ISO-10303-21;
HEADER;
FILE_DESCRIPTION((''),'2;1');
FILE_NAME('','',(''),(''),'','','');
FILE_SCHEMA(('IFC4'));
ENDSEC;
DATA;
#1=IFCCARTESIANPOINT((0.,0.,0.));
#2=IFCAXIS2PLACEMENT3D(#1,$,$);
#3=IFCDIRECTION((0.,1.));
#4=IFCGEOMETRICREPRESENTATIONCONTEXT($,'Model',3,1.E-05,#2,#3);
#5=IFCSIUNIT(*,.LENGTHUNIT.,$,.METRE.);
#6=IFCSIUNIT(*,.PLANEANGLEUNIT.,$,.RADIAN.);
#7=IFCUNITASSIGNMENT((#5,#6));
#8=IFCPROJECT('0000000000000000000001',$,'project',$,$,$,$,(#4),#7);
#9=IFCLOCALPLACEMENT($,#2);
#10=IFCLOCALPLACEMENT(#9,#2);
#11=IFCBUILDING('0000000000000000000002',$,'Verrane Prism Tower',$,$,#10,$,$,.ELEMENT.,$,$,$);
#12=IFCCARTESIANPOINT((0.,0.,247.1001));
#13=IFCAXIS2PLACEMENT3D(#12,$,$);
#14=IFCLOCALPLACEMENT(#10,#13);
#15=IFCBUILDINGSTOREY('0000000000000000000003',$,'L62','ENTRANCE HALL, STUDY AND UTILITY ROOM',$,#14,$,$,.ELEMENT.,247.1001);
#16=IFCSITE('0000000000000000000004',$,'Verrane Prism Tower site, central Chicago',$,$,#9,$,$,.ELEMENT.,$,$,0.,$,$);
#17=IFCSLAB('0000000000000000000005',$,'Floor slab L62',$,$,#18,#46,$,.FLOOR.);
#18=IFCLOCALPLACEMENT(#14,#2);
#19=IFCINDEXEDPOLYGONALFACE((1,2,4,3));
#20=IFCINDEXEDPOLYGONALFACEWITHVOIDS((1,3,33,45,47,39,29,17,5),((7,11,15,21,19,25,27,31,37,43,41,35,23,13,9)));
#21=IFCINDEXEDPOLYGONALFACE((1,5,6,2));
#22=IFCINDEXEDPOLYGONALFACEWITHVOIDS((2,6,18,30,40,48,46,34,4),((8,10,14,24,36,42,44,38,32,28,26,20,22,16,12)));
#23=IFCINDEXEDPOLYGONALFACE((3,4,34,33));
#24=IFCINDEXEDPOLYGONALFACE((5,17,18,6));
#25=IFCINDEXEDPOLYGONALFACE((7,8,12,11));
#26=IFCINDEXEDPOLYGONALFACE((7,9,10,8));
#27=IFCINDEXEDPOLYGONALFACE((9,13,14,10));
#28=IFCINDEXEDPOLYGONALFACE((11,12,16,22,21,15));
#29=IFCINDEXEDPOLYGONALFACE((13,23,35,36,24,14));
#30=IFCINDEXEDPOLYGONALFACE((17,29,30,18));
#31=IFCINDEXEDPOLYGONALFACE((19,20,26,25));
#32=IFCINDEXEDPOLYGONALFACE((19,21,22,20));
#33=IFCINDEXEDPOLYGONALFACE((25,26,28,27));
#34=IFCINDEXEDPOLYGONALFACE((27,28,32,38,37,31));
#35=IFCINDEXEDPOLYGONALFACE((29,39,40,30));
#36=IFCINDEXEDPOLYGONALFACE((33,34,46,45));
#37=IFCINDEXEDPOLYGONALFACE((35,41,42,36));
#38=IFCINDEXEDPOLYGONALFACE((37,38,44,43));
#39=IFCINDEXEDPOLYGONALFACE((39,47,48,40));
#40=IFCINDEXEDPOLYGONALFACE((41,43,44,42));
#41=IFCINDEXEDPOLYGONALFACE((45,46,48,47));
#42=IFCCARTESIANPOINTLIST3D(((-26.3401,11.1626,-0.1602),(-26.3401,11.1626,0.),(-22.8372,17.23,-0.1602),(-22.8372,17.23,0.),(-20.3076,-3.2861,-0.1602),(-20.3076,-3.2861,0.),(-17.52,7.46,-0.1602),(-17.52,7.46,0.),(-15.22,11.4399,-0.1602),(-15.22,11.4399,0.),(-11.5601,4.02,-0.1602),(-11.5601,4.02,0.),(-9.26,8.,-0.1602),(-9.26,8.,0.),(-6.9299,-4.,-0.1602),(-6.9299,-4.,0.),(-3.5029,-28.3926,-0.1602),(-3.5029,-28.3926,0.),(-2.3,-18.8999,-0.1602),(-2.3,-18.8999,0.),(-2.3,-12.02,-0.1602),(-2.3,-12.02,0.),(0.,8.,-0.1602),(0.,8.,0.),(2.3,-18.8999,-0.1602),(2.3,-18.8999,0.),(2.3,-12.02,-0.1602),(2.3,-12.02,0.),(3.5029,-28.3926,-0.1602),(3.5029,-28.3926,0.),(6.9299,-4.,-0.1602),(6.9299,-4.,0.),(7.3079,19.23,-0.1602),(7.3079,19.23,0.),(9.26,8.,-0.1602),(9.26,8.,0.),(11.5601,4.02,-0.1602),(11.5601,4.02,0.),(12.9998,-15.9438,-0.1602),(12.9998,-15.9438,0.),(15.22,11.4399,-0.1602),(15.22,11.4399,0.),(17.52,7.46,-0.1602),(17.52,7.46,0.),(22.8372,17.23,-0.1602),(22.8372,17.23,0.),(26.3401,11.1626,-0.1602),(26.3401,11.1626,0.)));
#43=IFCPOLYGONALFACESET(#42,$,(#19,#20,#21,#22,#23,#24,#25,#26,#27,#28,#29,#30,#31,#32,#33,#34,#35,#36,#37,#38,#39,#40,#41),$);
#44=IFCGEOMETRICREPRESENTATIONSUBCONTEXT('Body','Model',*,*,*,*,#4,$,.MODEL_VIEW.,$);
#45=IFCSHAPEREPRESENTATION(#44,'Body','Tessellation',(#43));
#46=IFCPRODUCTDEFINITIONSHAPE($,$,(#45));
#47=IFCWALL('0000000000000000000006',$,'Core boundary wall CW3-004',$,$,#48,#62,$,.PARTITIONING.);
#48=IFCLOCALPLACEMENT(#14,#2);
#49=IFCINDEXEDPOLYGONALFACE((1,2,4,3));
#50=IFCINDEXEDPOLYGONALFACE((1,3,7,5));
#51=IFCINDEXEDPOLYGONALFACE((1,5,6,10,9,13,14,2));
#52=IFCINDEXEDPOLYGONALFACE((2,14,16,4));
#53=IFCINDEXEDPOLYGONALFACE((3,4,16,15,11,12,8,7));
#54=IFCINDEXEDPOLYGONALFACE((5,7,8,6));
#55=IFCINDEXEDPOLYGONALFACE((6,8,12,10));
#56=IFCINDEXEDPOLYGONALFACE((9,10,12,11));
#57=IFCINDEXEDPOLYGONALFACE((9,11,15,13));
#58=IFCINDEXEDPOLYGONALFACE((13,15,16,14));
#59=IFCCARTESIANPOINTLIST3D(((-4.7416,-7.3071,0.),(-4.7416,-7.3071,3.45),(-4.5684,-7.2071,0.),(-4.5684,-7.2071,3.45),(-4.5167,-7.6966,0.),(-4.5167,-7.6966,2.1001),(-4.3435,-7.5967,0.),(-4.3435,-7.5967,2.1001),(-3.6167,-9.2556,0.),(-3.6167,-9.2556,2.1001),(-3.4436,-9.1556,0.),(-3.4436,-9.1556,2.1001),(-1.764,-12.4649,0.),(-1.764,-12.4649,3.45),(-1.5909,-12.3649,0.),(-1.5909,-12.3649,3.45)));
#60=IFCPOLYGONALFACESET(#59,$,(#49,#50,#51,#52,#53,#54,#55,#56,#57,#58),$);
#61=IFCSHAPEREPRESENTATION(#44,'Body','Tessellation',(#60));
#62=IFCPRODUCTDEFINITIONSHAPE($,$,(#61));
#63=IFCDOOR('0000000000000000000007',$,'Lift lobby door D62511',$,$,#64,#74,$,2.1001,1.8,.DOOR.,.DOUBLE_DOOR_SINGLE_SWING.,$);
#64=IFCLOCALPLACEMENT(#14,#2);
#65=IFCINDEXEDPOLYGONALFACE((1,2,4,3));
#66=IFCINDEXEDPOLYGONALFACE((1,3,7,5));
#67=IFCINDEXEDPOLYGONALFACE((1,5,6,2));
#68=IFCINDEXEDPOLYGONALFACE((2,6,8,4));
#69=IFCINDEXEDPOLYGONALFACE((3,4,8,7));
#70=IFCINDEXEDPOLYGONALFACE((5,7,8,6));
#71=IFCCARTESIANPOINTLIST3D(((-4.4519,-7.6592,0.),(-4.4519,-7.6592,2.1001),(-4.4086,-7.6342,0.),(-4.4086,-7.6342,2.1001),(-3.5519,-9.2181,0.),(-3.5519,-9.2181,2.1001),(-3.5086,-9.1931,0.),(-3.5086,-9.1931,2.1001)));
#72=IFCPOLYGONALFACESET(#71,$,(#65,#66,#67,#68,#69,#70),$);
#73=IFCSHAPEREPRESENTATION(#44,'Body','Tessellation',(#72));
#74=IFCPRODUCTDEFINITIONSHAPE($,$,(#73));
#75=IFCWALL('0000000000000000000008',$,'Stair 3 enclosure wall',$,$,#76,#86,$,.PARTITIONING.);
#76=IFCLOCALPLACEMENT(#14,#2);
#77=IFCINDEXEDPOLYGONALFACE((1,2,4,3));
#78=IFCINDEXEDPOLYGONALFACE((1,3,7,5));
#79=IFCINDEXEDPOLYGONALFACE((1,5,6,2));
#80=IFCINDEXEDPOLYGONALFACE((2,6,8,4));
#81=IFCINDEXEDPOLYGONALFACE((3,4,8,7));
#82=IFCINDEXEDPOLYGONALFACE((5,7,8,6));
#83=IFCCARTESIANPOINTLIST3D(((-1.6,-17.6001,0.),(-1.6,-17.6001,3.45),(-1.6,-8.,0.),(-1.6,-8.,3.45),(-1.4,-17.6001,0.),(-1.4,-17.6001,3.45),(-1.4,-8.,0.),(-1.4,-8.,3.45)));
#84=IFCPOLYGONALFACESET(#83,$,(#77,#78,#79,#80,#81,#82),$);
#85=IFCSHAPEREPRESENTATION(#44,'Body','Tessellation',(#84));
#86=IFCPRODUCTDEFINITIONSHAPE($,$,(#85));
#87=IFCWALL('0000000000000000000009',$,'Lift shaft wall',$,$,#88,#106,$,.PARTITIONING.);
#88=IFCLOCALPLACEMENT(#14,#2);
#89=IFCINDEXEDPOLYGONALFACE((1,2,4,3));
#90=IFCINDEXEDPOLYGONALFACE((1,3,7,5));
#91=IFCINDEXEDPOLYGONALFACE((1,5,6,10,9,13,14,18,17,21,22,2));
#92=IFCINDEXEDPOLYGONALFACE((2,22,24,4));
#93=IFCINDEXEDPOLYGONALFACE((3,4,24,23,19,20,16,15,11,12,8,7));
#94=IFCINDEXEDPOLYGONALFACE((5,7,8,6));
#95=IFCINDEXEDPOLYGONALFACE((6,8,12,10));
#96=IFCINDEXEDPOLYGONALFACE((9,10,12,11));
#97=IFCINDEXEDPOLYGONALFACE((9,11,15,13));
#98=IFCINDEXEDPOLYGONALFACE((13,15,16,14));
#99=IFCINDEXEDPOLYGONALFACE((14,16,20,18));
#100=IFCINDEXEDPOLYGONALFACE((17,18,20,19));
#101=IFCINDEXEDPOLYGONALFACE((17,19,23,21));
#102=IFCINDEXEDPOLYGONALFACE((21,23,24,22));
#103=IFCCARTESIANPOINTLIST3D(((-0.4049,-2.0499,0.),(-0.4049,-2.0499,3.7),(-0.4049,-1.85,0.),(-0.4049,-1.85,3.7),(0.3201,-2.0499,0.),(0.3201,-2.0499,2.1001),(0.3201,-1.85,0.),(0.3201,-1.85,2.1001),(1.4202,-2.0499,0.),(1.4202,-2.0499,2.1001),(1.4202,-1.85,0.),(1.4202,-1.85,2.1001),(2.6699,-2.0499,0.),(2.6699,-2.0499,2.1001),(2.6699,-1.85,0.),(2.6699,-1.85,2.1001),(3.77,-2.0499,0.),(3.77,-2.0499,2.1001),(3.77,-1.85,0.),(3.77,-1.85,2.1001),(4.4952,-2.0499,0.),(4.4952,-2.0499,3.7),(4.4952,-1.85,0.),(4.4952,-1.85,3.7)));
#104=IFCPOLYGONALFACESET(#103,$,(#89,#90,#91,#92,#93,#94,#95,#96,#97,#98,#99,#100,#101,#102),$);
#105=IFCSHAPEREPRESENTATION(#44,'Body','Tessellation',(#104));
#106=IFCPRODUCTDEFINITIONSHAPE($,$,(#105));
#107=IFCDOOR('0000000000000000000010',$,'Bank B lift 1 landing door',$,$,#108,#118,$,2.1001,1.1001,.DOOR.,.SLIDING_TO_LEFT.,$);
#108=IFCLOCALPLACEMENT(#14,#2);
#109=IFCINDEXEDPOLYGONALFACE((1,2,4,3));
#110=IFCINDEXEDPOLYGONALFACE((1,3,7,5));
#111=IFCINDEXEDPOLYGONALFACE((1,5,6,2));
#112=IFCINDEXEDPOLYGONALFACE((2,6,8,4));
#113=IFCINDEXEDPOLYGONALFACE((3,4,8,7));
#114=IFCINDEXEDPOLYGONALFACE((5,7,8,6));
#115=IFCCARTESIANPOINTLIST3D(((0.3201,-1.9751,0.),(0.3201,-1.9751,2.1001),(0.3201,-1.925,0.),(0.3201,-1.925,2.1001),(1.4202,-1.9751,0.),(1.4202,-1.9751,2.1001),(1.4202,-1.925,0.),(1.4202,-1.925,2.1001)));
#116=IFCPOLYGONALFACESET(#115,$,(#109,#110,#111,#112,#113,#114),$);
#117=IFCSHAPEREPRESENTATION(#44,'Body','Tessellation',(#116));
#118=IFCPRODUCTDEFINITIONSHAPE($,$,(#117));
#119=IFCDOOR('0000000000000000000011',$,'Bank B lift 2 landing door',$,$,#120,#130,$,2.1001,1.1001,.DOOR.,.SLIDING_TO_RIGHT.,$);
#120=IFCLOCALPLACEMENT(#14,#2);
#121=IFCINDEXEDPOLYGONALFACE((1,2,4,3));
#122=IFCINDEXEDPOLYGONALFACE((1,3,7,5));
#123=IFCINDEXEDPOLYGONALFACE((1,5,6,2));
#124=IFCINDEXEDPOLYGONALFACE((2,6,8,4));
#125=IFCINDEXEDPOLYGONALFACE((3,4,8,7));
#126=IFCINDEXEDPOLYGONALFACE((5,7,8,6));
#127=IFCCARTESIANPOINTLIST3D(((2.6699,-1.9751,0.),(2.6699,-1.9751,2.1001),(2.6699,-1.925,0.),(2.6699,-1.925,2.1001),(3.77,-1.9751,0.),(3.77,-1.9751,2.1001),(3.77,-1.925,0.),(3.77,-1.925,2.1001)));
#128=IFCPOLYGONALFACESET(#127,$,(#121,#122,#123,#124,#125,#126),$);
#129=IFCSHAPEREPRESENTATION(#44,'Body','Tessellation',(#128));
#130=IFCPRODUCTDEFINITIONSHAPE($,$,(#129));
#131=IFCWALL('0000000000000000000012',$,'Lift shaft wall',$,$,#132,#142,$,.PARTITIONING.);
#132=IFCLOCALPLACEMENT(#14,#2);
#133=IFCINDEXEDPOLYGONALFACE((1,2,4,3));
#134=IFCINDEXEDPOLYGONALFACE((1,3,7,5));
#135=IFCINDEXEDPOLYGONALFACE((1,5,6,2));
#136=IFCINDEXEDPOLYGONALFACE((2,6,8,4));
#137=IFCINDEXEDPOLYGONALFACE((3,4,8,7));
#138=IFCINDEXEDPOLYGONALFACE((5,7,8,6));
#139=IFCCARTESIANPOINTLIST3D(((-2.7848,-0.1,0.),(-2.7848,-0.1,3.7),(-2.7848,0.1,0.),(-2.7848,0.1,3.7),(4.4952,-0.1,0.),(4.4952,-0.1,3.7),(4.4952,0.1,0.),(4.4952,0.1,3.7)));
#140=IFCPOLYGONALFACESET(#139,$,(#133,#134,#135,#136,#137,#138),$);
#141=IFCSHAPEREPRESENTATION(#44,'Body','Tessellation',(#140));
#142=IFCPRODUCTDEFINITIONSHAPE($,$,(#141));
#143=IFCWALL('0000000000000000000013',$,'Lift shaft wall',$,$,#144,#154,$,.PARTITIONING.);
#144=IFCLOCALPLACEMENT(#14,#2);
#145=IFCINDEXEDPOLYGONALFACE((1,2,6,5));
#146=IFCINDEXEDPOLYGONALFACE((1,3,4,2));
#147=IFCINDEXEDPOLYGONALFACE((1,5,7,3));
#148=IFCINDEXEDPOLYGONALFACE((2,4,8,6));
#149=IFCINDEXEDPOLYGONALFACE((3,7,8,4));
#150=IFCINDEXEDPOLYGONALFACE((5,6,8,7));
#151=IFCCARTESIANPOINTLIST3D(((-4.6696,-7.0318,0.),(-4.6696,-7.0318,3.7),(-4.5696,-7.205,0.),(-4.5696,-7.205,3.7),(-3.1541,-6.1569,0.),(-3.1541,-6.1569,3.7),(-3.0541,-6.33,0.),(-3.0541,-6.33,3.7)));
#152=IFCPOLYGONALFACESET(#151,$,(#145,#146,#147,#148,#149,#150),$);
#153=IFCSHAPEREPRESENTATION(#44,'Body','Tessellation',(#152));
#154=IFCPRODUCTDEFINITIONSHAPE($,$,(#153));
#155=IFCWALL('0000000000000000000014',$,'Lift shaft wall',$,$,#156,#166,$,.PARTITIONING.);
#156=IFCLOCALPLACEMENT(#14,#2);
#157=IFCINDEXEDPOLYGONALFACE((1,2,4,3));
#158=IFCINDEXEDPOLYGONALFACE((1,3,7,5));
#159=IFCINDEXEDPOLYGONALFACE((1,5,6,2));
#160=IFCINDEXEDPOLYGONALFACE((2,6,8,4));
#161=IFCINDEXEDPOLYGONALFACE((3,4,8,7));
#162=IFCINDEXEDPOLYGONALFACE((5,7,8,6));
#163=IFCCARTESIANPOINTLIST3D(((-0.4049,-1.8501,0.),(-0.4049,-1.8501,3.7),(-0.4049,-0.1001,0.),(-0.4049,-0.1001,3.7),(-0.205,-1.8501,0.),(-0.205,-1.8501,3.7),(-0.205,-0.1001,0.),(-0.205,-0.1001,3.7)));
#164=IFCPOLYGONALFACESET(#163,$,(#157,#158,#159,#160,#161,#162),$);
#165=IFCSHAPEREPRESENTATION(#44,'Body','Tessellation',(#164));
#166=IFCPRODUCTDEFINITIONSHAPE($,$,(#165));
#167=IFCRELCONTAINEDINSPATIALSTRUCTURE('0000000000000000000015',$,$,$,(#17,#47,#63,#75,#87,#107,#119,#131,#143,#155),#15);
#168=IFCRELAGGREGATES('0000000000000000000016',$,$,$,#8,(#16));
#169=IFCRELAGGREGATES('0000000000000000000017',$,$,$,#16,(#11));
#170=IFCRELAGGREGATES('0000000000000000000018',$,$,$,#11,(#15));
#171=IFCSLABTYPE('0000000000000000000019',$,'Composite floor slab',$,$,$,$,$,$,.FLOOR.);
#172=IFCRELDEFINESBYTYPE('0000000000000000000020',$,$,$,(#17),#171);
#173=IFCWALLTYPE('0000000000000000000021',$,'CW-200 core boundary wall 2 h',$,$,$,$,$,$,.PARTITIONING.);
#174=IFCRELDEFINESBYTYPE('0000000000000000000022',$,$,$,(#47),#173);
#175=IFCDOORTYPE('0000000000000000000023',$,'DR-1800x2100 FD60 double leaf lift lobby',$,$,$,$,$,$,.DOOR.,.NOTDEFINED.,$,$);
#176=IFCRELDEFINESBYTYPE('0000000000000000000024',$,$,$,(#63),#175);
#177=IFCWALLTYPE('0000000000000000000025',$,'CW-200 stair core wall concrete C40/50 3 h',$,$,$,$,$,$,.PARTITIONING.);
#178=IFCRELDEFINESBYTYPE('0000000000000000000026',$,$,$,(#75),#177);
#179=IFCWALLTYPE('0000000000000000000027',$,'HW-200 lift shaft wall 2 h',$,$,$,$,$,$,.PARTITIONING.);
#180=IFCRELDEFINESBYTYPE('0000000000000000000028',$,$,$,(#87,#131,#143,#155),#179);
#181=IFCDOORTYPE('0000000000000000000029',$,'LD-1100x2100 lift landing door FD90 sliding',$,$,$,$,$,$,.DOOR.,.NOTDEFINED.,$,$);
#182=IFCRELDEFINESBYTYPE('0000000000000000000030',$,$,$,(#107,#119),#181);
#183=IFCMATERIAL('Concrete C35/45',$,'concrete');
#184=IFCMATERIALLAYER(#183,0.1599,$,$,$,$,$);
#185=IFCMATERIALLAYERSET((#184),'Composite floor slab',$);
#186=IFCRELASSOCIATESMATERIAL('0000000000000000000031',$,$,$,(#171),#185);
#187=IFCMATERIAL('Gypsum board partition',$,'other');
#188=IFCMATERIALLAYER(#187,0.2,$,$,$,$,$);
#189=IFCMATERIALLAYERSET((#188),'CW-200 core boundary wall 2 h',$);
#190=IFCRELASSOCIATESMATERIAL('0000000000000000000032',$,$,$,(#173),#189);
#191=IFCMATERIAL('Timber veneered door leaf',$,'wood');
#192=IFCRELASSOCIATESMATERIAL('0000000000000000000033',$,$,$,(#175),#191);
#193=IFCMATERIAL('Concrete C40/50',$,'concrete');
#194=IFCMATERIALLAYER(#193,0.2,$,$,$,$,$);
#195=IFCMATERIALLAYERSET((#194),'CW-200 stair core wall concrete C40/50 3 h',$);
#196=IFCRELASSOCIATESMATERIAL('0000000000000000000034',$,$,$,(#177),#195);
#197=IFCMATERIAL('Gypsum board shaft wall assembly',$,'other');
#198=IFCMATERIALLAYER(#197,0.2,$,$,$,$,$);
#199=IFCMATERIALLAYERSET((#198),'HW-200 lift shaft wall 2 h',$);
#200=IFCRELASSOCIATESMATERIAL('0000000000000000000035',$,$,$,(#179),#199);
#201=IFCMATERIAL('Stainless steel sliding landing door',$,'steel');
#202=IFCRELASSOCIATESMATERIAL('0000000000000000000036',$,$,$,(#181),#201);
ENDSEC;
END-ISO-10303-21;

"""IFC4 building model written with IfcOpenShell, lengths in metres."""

from ifc_helpers import new_model, si_unit, direction, frame, frame_2d, origin, place, context, subcontext, project, spatial, polyline, rectangle, outline, extrude, material, layer, layer_set, type_object, element, fill, save


model = new_model("IFC4")

# Units and contexts
model_context = context("Model", 3, precision=1e-05, world=origin(), true_north=direction((0.0, 1.0)))
body_context = subcontext(model_context, "Body", "Model", "MODEL_VIEW")
ifc_project = project(units=[si_unit("LENGTHUNIT", "METRE"), si_unit("PLANEANGLEUNIT", "RADIAN")], contexts=[model_context])

# Site, building, storey
site_placement = place(None, origin())
site = spatial("IfcSite", under=ifc_project, at=site_placement, Name="Verrane Prism Tower site, central Chicago", CompositionType="ELEMENT", RefElevation=0.0)
building_placement = place(site_placement, origin())
building = spatial("IfcBuilding", under=site, at=building_placement, Name="Verrane Prism Tower", CompositionType="ELEMENT")
storey_placement = place(building_placement, frame((0.0, 0.0, 247.1001)))
storey = spatial("IfcBuildingStorey", under=building, at=storey_placement, Name="L62", Description="ENTRANCE HALL, STUDY AND UTILITY ROOM", CompositionType="ELEMENT", Elevation=247.1001)

# Slab
ifc_material_1 = material(Name="Concrete C35/45", Category="concrete")
ifc_layer_1 = layer(ifc_material_1, 0.1599)
ifc_layer_set_1 = layer_set([ifc_layer_1], Name="Composite floor slab")
slab_type = type_object("IfcSlabType", Name="Composite floor slab", PredefinedType="FLOOR", material=ifc_layer_set_1)
slab_placement = place(storey_placement, frame((0.0, 0.0, -0.1602)))
element("IfcSlab", 1, at=slab_placement, inside=storey, type_object=slab_type, Name="Floor slab L62", PredefinedType="FLOOR", context=body_context, shape_type="SweptSolid", body=[
    extrude(outline(polyline([(12.9998, -15.9438), (3.5029, -28.3926), (-3.5029, -28.3926), (-20.3076, -3.2861), (-26.3401, 11.1626), (-22.8372, 17.23), (7.3079, 19.23), (22.8372, 17.23), (26.3401, 11.1626), (12.9998, -15.9438)]), holes=[polyline([(17.52, 7.46), (15.22, 11.4399), (9.26, 8.0), (0.0, 8.0), (-9.26, 8.0), (-15.22, 11.4399), (-17.52, 7.46), (-11.5601, 4.02), (-6.9299, -4.0), (-2.3, -12.02), (-2.3, -18.8999), (2.3, -18.8999), (2.3, -12.02), (6.9299, -4.0), (11.5601, 4.02), (17.52, 7.46)])]), origin(), (0.0, 0.0, 1.0), 0.1602),
])

# Wall, opening, door
ifc_material_2 = material(Name="Gypsum board partition", Category="other")
ifc_layer_2 = layer(ifc_material_2, 0.2)
ifc_layer_set_2 = layer_set([ifc_layer_2], Name="CW-200 core boundary wall 2 h")
wall_type_1 = type_object("IfcWallType", Name="CW-200 core boundary wall 2 h", PredefinedType="PARTITIONING", material=ifc_layer_set_2)
wall_1_placement = place(storey_placement, frame((-4.655, -7.2571, 0.0), z_axis=(0.0, 0.0, 1.0), x_axis=(0.499966, -0.866045, 0.0)))
wall_1 = element("IfcWall", 2, at=wall_1_placement, inside=storey, type_object=wall_type_1, Name="Core boundary wall CW3-004", PredefinedType="PARTITIONING", context=body_context, shape_type="SweptSolid", body=[
    extrude(rectangle(XDim=5.9556, YDim=0.2, at=frame_2d((2.9778, 0.0))), origin(), (0.0, 0.0, 1.0), 3.45),
])
opening_1_placement = place(wall_1_placement, frame((0.45, 0.0, 0.0)))
opening_1 = element("IfcOpeningElement", 3, at=opening_1_placement, cuts=wall_1, PredefinedType="OPENING", context=body_context, shape_type="SweptSolid", body=[
    extrude(rectangle(XDim=1.8, YDim=2.1001, at=frame_2d((0.8999, 1.05))), frame((0.0, 0.1099, 0.0), z_axis=(0.0, -1.0, 0.0), x_axis=(1.0, 0.0, 0.0)), (0.0, 0.0, 1.0), 0.22),
])
ifc_material_3 = material(Name="Timber veneered door leaf", Category="wood")
door_type_1 = type_object("IfcDoorType", Name="DR-1800x2100 FD60 double leaf lift lobby", OperationType="NOTDEFINED", PredefinedType="DOOR", material=ifc_material_3)
door_1_placement = place(opening_1_placement, origin())
door_1 = element("IfcDoor", 4, at=door_1_placement, inside=storey, type_object=door_type_1, Name="Lift lobby door D62511", OperationType="DOUBLE_DOOR_SINGLE_SWING", OverallHeight=2.1001, OverallWidth=1.8, PredefinedType="DOOR", context=body_context, shape_type="SweptSolid", body=[
    extrude(rectangle(XDim=1.8, YDim=2.1001, at=frame_2d((0.8999, 1.05))), frame((0.0, 0.0249, 0.0), z_axis=(0.0, -1.0, 0.0), x_axis=(1.0, 0.0, 0.0)), (0.0, 0.0, 1.0), 0.05),
])
fill(opening_1, door_1)

# Wall
ifc_material_4 = material(Name="Concrete C40/50", Category="concrete")
ifc_layer_3 = layer(ifc_material_4, 0.2)
ifc_layer_set_3 = layer_set([ifc_layer_3], Name="CW-200 stair core wall concrete C40/50 3 h")
wall_type_2 = type_object("IfcWallType", Name="CW-200 stair core wall concrete C40/50 3 h", PredefinedType="PARTITIONING", material=ifc_layer_set_3)
wall_2_placement = place(storey_placement, frame((-1.5, -8.0, 0.0), z_axis=(0.0, 0.0, 1.0), x_axis=(0.0, -1.0, 0.0)))
element("IfcWall", 5, at=wall_2_placement, inside=storey, type_object=wall_type_2, Name="Stair 3 enclosure wall", PredefinedType="PARTITIONING", context=body_context, shape_type="SweptSolid", body=[
    extrude(rectangle(XDim=9.6001, YDim=0.2, at=frame_2d((4.8, 0.0))), origin(), (0.0, 0.0, 1.0), 3.45),
])

# Wall, openings, doors
ifc_material_5 = material(Name="Gypsum board shaft wall assembly", Category="other")
ifc_layer_4 = layer(ifc_material_5, 0.2)
ifc_layer_set_4 = layer_set([ifc_layer_4], Name="HW-200 lift shaft wall 2 h")
wall_type_3 = type_object("IfcWallType", Name="HW-200 lift shaft wall 2 h", PredefinedType="PARTITIONING", material=ifc_layer_set_4)
wall_3_placement = place(storey_placement, frame((-0.405, -1.95, 0.0), z_axis=(0.0, 0.0, 1.0), x_axis=(1.0, 0.0, 0.0)))
wall_3 = element("IfcWall", 6, at=wall_3_placement, inside=storey, type_object=wall_type_3, Name="Lift shaft wall", PredefinedType="PARTITIONING", context=body_context, shape_type="SweptSolid", body=[
    extrude(rectangle(XDim=4.9001, YDim=0.2, at=frame_2d((2.4502, 0.0))), origin(), (0.0, 0.0, 1.0), 3.7),
])
opening_2_placement = place(wall_3_placement, frame((0.7251, 0.0, 0.0)))
opening_2 = element("IfcOpeningElement", 7, at=opening_2_placement, cuts=wall_3, PredefinedType="OPENING", context=body_context, shape_type="SweptSolid", body=[
    extrude(rectangle(XDim=1.1001, YDim=2.1001, at=frame_2d((0.55, 1.05))), frame((0.0, 0.1099, 0.0), z_axis=(0.0, -1.0, 0.0), x_axis=(1.0, 0.0, 0.0)), (0.0, 0.0, 1.0), 0.22),
])
opening_3_placement = place(wall_3_placement, frame((3.075, 0.0, 0.0)))
opening_3 = element("IfcOpeningElement", 8, at=opening_3_placement, cuts=wall_3, PredefinedType="OPENING", context=body_context, shape_type="SweptSolid", body=[
    extrude(rectangle(XDim=1.1001, YDim=2.1001, at=frame_2d((0.55, 1.05))), frame((0.0, 0.1099, 0.0), z_axis=(0.0, -1.0, 0.0), x_axis=(1.0, 0.0, 0.0)), (0.0, 0.0, 1.0), 0.22),
])
ifc_material_6 = material(Name="Stainless steel sliding landing door", Category="steel")
door_type_2 = type_object("IfcDoorType", Name="LD-1100x2100 lift landing door FD90 sliding", OperationType="NOTDEFINED", PredefinedType="DOOR", material=ifc_material_6)
door_2_placement = place(opening_2_placement, origin())
door_2 = element("IfcDoor", 9, at=door_2_placement, inside=storey, type_object=door_type_2, Name="Bank B lift 1 landing door", OperationType="SLIDING_TO_LEFT", OverallHeight=2.1001, OverallWidth=1.1001, PredefinedType="DOOR", context=body_context, shape_type="SweptSolid", body=[
    extrude(rectangle(XDim=1.1001, YDim=2.1001, at=frame_2d((0.55, 1.05))), frame((0.0, 0.0249, 0.0), z_axis=(0.0, -1.0, 0.0), x_axis=(1.0, 0.0, 0.0)), (0.0, 0.0, 1.0), 0.05),
])
fill(opening_2, door_2)
door_3_placement = place(opening_3_placement, origin())
door_3 = element("IfcDoor", 10, at=door_3_placement, inside=storey, type_object=door_type_2, Name="Bank B lift 2 landing door", OperationType="SLIDING_TO_RIGHT", OverallHeight=2.1001, OverallWidth=1.1001, PredefinedType="DOOR", context=body_context, shape_type="SweptSolid", body=[
    extrude(rectangle(XDim=1.1001, YDim=2.1001, at=frame_2d((0.55, 1.05))), frame((0.0, 0.0249, 0.0), z_axis=(0.0, -1.0, 0.0), x_axis=(1.0, 0.0, 0.0)), (0.0, 0.0, 1.0), 0.05),
])
fill(opening_3, door_3)

# Walls
wall_4_placement = place(storey_placement, frame((-2.7849, 0.0, 0.0), z_axis=(0.0, 0.0, 1.0), x_axis=(1.0, 0.0, 0.0)))
element("IfcWall", 11, at=wall_4_placement, inside=storey, type_object=wall_type_3, Name="Lift shaft wall", PredefinedType="PARTITIONING", context=body_context, shape_type="SweptSolid", body=[
    extrude(rectangle(XDim=7.28, YDim=0.2, at=frame_2d((3.6401, 0.0))), origin(), (0.0, 0.0, 1.0), 3.7),
])
for number, where, z_axis, x_axis, name in (
    (12, (-4.6196, -7.1184, 0.0), (0.0, 0.0, 1.0), (0.866037, 0.49998, 0.0), "Lift shaft wall"),
    (13, (-0.3049, -1.8501, 0.0), (0.0, 0.0, 1.0), (0.0, 1.0, 0.0), "Lift shaft wall"),
):
    element("IfcWall", number, at=place(storey_placement, frame(where, z_axis=z_axis, x_axis=x_axis)), inside=storey, type_object=wall_type_3, Name=name, PredefinedType="PARTITIONING", context=body_context, shape_type="SweptSolid", body=[
        extrude(rectangle(XDim=1.75, YDim=0.2, at=frame_2d((0.875, 0.0))), origin(), (0.0, 0.0, 1.0), 3.7),
    ])

save(model, "model.ifc")
